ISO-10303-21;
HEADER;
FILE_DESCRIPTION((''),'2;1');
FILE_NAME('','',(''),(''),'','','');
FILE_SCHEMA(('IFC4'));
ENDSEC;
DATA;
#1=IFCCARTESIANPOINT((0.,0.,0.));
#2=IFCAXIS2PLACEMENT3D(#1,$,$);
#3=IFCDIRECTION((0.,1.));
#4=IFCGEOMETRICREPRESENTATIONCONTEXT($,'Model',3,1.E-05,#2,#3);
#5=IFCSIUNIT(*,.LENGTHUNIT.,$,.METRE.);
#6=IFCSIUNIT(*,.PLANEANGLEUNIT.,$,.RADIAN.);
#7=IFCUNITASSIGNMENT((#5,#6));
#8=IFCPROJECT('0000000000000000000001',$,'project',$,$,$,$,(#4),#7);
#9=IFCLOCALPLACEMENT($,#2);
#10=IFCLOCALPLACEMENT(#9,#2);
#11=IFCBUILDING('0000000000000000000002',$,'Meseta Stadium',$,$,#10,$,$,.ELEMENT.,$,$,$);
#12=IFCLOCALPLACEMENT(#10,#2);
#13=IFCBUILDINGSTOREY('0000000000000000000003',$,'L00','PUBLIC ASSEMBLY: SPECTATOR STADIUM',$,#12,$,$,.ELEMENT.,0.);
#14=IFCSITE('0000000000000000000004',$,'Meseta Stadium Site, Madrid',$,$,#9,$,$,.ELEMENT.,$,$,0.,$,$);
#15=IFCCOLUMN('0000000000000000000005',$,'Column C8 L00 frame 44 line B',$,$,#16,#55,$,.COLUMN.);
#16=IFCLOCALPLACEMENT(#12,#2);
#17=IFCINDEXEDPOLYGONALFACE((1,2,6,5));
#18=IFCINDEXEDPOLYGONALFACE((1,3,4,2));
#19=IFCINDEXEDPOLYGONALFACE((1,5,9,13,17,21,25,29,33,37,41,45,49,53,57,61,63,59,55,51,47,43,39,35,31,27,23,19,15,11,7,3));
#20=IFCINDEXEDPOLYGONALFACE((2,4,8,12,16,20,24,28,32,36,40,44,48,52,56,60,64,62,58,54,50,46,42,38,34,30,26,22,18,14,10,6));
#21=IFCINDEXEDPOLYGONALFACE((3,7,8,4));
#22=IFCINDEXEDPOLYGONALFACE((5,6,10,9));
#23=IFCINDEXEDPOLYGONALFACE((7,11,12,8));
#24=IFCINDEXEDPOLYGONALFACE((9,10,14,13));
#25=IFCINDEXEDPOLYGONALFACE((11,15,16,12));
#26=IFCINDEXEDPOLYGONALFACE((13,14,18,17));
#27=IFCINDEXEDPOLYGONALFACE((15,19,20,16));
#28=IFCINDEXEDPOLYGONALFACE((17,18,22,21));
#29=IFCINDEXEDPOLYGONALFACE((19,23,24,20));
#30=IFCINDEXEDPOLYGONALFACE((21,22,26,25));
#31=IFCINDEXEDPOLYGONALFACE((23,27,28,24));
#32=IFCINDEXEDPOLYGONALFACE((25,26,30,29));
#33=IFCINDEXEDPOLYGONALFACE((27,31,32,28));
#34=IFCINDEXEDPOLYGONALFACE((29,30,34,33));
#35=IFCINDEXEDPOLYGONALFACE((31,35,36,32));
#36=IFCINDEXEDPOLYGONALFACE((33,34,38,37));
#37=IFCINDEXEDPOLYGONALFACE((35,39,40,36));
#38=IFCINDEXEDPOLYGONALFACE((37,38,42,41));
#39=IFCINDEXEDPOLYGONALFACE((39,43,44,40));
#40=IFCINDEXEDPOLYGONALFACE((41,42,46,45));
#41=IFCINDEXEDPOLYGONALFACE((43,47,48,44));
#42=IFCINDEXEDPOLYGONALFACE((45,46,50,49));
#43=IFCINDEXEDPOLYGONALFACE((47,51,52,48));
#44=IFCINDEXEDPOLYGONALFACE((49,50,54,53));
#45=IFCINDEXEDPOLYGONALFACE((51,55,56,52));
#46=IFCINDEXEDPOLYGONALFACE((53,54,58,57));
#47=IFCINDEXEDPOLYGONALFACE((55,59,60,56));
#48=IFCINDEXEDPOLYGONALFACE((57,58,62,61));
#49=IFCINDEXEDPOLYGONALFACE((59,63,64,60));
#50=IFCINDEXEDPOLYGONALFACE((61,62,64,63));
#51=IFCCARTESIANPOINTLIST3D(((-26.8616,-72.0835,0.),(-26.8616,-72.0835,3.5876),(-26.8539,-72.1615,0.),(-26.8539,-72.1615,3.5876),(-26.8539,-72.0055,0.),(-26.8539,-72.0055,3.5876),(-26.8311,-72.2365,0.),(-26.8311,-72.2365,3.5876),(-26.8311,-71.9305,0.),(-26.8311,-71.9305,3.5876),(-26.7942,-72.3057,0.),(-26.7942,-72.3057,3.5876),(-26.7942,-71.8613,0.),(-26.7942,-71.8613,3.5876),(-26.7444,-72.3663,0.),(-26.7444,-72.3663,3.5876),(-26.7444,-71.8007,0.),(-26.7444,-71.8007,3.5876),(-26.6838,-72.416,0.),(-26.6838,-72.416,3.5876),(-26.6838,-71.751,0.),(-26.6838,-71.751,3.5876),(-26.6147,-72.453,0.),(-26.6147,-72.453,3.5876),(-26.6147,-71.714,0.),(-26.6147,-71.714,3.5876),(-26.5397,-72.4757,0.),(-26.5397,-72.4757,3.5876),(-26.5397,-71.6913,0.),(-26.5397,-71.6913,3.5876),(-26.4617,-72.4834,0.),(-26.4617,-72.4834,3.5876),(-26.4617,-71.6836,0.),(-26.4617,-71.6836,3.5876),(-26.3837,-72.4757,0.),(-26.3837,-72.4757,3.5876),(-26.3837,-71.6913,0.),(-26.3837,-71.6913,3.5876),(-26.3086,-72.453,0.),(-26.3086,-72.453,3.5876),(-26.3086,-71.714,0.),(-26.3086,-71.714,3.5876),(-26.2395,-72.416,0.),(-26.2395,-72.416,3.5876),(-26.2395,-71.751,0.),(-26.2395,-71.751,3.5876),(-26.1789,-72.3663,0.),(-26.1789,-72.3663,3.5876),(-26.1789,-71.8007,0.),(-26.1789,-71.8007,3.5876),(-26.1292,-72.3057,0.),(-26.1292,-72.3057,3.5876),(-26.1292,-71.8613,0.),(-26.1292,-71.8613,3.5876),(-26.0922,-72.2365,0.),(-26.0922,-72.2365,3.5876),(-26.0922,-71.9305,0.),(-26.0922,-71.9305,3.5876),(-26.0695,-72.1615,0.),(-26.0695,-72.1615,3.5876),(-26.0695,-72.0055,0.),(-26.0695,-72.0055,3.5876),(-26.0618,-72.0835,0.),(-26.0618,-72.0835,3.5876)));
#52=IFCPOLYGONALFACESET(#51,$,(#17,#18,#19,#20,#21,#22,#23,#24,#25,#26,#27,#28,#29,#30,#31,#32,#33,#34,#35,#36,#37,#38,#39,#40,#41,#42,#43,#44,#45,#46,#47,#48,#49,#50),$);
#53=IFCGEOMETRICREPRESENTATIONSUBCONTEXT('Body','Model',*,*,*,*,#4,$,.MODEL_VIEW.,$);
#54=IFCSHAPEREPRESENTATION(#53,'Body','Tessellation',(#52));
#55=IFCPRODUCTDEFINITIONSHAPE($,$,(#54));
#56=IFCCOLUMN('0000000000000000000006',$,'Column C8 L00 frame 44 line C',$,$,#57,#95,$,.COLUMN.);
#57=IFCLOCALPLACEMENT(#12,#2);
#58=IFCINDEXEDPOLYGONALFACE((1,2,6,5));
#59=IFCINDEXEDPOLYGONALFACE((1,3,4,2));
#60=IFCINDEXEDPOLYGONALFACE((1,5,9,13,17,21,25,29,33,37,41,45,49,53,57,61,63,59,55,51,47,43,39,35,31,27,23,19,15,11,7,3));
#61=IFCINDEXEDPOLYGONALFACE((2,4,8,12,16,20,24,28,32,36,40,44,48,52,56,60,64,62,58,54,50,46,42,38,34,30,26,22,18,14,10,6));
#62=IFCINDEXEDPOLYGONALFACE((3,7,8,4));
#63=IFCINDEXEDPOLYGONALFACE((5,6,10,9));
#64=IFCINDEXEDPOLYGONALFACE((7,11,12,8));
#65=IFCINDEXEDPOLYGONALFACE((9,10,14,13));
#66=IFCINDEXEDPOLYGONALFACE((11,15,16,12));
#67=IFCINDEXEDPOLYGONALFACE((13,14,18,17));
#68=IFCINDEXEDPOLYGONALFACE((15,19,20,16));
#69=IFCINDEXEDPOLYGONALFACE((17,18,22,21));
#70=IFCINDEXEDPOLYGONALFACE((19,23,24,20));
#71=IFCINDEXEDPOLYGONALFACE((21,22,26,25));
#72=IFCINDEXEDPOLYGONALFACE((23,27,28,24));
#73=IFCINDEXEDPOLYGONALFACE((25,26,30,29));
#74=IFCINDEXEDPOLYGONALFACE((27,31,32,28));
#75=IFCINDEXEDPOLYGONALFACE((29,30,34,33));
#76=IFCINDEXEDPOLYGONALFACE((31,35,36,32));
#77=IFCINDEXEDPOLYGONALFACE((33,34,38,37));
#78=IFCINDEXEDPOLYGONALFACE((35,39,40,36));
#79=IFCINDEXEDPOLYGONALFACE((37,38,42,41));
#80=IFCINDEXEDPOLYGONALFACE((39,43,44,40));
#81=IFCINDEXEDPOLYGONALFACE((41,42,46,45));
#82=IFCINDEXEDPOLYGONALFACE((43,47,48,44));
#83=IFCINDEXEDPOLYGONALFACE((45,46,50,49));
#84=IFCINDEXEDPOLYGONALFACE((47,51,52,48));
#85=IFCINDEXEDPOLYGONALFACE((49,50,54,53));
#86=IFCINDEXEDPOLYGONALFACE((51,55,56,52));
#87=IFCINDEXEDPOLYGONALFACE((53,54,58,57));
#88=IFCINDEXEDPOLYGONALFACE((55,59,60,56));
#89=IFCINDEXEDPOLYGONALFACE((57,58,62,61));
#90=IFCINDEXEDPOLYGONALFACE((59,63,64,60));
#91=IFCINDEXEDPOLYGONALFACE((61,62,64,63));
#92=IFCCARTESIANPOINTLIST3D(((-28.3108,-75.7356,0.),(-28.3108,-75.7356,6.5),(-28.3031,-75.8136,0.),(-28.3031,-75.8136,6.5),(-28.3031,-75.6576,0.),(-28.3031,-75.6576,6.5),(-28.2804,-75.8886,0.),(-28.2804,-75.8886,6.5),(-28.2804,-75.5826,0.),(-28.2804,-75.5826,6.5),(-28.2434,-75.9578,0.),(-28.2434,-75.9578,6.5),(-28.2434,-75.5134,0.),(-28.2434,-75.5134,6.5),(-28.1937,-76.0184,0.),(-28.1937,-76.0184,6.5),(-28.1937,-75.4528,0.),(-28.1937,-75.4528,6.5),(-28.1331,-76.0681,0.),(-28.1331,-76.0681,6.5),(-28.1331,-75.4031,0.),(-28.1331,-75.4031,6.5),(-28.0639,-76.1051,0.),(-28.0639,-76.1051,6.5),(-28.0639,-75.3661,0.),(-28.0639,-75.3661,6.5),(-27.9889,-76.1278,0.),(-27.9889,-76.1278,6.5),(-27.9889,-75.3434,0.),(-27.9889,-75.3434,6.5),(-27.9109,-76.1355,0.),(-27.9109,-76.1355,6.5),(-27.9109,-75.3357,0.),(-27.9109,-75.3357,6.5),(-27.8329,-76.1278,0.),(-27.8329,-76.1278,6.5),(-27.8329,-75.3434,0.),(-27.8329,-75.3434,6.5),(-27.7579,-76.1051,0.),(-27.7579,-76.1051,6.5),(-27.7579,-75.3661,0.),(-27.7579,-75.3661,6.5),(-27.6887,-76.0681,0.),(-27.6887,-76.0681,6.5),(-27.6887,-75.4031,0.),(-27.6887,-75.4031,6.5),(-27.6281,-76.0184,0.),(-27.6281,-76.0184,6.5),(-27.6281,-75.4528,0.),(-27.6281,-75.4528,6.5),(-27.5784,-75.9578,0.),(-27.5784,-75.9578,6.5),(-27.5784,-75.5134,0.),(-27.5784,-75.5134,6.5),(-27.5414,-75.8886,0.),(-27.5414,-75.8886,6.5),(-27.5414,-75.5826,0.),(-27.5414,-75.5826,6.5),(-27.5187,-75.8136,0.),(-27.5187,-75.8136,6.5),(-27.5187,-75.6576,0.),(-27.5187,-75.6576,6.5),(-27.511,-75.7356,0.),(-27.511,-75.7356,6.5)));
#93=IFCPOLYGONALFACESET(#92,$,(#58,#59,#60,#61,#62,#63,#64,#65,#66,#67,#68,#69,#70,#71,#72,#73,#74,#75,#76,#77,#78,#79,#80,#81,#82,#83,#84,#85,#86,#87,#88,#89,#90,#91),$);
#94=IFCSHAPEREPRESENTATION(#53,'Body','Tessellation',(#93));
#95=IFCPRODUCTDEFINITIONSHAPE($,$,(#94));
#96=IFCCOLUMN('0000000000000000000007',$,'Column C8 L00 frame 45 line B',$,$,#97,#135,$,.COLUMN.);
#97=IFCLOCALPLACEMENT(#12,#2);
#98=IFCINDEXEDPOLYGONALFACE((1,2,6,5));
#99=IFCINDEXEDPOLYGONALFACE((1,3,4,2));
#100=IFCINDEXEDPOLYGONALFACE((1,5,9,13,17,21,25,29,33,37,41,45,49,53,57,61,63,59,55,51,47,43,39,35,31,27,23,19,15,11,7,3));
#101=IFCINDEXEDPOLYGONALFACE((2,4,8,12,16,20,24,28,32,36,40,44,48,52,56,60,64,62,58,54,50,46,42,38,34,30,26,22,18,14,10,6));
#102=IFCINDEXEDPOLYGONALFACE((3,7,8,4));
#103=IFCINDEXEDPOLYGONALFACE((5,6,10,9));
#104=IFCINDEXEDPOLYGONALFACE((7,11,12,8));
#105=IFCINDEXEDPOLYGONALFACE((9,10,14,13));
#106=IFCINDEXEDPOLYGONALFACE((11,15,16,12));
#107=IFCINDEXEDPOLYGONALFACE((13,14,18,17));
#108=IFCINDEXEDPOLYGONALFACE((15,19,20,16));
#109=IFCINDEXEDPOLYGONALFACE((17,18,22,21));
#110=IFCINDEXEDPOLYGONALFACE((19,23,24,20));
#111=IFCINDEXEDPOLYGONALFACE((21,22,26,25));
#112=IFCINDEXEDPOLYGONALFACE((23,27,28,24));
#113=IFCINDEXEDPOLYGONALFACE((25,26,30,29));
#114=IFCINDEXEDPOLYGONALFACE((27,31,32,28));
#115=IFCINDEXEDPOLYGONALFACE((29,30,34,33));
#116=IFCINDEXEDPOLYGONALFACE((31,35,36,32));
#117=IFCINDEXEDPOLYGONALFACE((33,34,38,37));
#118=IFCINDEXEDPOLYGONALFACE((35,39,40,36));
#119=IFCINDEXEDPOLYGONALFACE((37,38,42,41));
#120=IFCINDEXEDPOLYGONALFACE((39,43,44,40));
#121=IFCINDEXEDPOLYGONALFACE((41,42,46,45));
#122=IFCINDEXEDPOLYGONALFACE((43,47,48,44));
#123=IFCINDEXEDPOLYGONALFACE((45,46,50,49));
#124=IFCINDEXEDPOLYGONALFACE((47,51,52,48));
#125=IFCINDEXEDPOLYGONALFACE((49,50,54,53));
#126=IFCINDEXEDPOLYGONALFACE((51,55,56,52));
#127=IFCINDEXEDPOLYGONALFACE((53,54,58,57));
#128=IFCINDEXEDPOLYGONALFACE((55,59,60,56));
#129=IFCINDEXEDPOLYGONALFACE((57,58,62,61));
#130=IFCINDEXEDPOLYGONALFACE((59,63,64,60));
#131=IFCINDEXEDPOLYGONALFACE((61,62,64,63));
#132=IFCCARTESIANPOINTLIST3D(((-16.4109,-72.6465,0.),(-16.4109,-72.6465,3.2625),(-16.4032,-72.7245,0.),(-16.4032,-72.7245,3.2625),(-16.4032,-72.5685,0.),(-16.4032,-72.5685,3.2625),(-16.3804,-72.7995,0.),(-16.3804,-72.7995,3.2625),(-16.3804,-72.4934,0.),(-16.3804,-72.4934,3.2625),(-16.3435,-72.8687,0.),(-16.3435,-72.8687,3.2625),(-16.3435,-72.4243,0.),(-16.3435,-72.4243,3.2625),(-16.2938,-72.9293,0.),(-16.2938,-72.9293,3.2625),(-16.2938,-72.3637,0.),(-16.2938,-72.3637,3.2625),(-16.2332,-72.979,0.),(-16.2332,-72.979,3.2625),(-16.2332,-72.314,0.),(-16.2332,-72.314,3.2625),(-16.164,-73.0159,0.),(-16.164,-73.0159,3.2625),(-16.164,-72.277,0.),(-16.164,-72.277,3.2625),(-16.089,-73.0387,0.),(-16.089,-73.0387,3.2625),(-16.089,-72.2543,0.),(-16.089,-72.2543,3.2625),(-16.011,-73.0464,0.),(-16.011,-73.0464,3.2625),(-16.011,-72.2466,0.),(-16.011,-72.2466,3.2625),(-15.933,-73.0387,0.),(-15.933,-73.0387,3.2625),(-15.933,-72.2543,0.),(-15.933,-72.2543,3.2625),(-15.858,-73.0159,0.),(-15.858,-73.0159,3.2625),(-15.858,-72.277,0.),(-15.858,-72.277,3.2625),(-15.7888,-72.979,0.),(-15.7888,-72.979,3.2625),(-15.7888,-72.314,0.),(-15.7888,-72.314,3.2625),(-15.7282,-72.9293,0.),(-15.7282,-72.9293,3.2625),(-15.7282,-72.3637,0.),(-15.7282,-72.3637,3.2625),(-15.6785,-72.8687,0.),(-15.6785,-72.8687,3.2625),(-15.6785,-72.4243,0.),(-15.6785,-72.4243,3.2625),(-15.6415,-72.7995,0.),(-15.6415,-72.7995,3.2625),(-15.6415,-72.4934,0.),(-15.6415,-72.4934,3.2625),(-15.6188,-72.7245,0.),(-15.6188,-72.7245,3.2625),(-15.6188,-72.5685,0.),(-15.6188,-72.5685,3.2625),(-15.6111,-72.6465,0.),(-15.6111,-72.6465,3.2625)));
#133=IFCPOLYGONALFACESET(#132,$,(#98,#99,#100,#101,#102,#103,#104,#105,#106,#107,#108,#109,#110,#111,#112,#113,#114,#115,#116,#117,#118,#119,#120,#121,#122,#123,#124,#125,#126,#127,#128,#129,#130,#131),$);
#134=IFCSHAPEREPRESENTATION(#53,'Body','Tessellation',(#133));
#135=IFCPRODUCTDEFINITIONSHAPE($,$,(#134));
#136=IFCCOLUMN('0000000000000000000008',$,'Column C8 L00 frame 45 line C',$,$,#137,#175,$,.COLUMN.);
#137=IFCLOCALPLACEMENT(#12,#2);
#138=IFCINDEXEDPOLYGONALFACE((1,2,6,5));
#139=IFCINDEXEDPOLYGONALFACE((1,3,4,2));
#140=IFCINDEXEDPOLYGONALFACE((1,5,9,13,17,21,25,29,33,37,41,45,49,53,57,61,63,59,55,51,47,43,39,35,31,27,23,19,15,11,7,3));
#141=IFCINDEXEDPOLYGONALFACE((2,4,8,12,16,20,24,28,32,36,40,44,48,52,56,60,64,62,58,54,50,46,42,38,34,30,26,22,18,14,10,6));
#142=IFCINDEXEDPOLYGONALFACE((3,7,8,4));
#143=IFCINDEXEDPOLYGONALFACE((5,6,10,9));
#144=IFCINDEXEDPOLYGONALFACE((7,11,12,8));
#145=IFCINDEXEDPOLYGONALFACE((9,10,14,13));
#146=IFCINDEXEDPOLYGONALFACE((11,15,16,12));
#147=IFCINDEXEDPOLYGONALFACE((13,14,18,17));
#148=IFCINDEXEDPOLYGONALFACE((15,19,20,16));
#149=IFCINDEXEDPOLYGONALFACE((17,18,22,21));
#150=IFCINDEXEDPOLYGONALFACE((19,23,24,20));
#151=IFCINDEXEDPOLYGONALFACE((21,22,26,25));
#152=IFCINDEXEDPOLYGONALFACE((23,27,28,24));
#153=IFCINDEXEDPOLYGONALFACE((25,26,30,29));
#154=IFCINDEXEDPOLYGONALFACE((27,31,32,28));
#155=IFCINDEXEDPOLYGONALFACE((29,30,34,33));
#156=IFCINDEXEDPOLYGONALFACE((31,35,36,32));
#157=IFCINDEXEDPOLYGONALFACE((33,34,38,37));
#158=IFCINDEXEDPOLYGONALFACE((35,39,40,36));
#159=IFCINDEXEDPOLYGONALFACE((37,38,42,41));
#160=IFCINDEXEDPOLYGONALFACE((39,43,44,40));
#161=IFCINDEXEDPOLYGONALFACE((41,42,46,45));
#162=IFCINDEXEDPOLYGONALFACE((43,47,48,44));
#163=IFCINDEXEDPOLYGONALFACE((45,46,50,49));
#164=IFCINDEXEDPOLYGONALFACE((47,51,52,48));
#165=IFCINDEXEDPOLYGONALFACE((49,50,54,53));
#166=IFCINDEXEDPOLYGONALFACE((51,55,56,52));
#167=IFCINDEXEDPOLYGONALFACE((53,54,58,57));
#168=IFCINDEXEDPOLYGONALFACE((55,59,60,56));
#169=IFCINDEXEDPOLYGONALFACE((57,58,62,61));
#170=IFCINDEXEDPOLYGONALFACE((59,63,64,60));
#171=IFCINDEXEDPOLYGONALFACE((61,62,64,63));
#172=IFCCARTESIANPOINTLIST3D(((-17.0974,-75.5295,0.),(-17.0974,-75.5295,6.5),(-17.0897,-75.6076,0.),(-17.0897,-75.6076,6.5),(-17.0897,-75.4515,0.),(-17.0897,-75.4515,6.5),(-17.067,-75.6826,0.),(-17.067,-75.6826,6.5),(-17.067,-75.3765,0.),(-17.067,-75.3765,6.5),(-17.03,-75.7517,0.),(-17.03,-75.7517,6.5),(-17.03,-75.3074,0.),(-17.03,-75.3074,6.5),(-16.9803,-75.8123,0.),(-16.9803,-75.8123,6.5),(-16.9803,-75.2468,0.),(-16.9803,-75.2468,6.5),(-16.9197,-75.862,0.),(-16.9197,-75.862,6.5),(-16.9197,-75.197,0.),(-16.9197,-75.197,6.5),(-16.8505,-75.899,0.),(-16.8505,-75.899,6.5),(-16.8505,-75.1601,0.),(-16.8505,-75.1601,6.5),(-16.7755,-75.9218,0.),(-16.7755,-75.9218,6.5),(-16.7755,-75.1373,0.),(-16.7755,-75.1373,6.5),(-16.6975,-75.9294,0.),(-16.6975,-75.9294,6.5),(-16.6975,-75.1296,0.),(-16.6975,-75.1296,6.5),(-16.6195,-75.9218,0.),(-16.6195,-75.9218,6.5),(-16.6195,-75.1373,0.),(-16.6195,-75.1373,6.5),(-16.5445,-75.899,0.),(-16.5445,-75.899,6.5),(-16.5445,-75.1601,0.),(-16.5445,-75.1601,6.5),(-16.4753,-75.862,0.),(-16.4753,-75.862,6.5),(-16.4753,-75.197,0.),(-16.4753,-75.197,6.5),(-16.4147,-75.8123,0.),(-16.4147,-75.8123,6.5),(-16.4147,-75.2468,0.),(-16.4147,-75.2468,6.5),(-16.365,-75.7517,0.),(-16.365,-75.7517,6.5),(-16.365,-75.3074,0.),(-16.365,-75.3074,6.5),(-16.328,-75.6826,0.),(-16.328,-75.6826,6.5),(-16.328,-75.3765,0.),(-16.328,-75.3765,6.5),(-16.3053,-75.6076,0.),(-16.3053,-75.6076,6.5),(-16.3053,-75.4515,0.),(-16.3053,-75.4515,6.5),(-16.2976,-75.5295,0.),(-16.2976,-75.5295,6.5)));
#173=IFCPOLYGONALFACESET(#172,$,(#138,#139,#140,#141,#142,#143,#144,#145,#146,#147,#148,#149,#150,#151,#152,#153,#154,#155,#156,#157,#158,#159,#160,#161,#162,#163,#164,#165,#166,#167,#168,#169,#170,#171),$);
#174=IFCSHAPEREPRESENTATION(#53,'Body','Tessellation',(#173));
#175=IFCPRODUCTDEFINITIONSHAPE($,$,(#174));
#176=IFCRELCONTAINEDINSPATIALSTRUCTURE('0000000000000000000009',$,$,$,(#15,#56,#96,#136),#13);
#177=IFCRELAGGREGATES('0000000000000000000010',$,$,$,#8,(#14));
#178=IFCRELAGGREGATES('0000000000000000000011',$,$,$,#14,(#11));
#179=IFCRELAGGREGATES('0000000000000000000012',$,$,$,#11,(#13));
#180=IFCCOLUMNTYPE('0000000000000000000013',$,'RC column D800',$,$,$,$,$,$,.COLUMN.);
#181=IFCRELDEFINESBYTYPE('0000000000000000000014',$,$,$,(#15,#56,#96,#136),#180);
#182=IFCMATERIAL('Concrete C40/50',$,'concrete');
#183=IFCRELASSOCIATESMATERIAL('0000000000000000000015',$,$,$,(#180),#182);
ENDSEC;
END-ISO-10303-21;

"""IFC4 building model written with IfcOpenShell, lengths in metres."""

from ifc_helpers import new_model, si_unit, direction, frame, origin, origin_2d, place, context, subcontext, project, spatial, circle, extrude, material, material_profile, profile_set, type_object, element, save


model = new_model("IFC4")

# Units and contexts
model_context = context("Model", 3, precision=1e-05, world=origin(), true_north=direction((0.0, 1.0)))
body_context = subcontext(model_context, "Body", "Model", "MODEL_VIEW")
ifc_project = project(units=[si_unit("LENGTHUNIT", "METRE"), si_unit("PLANEANGLEUNIT", "RADIAN")], contexts=[model_context])

# Site, building, storey
site_placement = place(None, origin())
site = spatial("IfcSite", under=ifc_project, at=site_placement, Name="Meseta Stadium Site, Madrid", CompositionType="ELEMENT", RefElevation=0.0)
building_placement = place(site_placement, origin())
building = spatial("IfcBuilding", under=site, at=building_placement, Name="Meseta Stadium", CompositionType="ELEMENT")
storey_placement = place(building_placement, origin())
storey = spatial("IfcBuildingStorey", under=building, at=storey_placement, Name="L00", Description="PUBLIC ASSEMBLY: SPECTATOR STADIUM", CompositionType="ELEMENT", Elevation=0.0)

# Columns
ifc_material_1 = material(Name="Concrete C40/50", Category="concrete")
ifc_material_profile_1 = material_profile(ifc_material_1, circle(Radius=0.3999, at=origin_2d()), Name="RC D800")
ifc_profile_set_1 = profile_set([ifc_material_profile_1], Name="Concrete C40/50")
column_type_1 = type_object("IfcColumnType", Name="RC column D800", PredefinedType="COLUMN", material=ifc_profile_set_1)
column_1_placement = place(storey_placement, frame((-26.4617, -72.0835, 0.0), z_axis=(0.0, 0.0, 1.0), x_axis=(1.0, 0.0, 0.0)))
element("IfcColumn", 1, at=column_1_placement, inside=storey, type_object=column_type_1, Name="Column C8 L00 frame 44 line B", PredefinedType="COLUMN", context=body_context, shape_type="SweptSolid", body=[
    extrude(circle(Radius=0.3999, at=origin_2d()), origin(), (0.0, 0.0, 1.0), 3.5876),
])
column_2_placement = place(storey_placement, frame((-27.9109, -75.7356, 0.0), z_axis=(0.0, 0.0, 1.0), x_axis=(1.0, 0.0, 0.0)))
element("IfcColumn", 2, at=column_2_placement, inside=storey, type_object=column_type_1, Name="Column C8 L00 frame 44 line C", PredefinedType="COLUMN", context=body_context, shape_type="SweptSolid", body=[
    extrude(circle(Radius=0.3999, at=origin_2d()), origin(), (0.0, 0.0, 1.0), 6.5),
])
column_3_placement = place(storey_placement, frame((-16.011, -72.6465, 0.0), z_axis=(0.0, 0.0, 1.0), x_axis=(1.0, 0.0, 0.0)))
element("IfcColumn", 3, at=column_3_placement, inside=storey, type_object=column_type_1, Name="Column C8 L00 frame 45 line B", PredefinedType="COLUMN", context=body_context, shape_type="SweptSolid", body=[
    extrude(circle(Radius=0.3999, at=origin_2d()), origin(), (0.0, 0.0, 1.0), 3.2625),
])
column_4_placement = place(storey_placement, frame((-16.6975, -75.5295, 0.0), z_axis=(0.0, 0.0, 1.0), x_axis=(1.0, 0.0, 0.0)))
element("IfcColumn", 4, at=column_4_placement, inside=storey, type_object=column_type_1, Name="Column C8 L00 frame 45 line C", PredefinedType="COLUMN", context=body_context, shape_type="SweptSolid", body=[
    extrude(circle(Radius=0.3999, at=origin_2d()), origin(), (0.0, 0.0, 1.0), 6.5),
])

save(model, "model.ifc")
